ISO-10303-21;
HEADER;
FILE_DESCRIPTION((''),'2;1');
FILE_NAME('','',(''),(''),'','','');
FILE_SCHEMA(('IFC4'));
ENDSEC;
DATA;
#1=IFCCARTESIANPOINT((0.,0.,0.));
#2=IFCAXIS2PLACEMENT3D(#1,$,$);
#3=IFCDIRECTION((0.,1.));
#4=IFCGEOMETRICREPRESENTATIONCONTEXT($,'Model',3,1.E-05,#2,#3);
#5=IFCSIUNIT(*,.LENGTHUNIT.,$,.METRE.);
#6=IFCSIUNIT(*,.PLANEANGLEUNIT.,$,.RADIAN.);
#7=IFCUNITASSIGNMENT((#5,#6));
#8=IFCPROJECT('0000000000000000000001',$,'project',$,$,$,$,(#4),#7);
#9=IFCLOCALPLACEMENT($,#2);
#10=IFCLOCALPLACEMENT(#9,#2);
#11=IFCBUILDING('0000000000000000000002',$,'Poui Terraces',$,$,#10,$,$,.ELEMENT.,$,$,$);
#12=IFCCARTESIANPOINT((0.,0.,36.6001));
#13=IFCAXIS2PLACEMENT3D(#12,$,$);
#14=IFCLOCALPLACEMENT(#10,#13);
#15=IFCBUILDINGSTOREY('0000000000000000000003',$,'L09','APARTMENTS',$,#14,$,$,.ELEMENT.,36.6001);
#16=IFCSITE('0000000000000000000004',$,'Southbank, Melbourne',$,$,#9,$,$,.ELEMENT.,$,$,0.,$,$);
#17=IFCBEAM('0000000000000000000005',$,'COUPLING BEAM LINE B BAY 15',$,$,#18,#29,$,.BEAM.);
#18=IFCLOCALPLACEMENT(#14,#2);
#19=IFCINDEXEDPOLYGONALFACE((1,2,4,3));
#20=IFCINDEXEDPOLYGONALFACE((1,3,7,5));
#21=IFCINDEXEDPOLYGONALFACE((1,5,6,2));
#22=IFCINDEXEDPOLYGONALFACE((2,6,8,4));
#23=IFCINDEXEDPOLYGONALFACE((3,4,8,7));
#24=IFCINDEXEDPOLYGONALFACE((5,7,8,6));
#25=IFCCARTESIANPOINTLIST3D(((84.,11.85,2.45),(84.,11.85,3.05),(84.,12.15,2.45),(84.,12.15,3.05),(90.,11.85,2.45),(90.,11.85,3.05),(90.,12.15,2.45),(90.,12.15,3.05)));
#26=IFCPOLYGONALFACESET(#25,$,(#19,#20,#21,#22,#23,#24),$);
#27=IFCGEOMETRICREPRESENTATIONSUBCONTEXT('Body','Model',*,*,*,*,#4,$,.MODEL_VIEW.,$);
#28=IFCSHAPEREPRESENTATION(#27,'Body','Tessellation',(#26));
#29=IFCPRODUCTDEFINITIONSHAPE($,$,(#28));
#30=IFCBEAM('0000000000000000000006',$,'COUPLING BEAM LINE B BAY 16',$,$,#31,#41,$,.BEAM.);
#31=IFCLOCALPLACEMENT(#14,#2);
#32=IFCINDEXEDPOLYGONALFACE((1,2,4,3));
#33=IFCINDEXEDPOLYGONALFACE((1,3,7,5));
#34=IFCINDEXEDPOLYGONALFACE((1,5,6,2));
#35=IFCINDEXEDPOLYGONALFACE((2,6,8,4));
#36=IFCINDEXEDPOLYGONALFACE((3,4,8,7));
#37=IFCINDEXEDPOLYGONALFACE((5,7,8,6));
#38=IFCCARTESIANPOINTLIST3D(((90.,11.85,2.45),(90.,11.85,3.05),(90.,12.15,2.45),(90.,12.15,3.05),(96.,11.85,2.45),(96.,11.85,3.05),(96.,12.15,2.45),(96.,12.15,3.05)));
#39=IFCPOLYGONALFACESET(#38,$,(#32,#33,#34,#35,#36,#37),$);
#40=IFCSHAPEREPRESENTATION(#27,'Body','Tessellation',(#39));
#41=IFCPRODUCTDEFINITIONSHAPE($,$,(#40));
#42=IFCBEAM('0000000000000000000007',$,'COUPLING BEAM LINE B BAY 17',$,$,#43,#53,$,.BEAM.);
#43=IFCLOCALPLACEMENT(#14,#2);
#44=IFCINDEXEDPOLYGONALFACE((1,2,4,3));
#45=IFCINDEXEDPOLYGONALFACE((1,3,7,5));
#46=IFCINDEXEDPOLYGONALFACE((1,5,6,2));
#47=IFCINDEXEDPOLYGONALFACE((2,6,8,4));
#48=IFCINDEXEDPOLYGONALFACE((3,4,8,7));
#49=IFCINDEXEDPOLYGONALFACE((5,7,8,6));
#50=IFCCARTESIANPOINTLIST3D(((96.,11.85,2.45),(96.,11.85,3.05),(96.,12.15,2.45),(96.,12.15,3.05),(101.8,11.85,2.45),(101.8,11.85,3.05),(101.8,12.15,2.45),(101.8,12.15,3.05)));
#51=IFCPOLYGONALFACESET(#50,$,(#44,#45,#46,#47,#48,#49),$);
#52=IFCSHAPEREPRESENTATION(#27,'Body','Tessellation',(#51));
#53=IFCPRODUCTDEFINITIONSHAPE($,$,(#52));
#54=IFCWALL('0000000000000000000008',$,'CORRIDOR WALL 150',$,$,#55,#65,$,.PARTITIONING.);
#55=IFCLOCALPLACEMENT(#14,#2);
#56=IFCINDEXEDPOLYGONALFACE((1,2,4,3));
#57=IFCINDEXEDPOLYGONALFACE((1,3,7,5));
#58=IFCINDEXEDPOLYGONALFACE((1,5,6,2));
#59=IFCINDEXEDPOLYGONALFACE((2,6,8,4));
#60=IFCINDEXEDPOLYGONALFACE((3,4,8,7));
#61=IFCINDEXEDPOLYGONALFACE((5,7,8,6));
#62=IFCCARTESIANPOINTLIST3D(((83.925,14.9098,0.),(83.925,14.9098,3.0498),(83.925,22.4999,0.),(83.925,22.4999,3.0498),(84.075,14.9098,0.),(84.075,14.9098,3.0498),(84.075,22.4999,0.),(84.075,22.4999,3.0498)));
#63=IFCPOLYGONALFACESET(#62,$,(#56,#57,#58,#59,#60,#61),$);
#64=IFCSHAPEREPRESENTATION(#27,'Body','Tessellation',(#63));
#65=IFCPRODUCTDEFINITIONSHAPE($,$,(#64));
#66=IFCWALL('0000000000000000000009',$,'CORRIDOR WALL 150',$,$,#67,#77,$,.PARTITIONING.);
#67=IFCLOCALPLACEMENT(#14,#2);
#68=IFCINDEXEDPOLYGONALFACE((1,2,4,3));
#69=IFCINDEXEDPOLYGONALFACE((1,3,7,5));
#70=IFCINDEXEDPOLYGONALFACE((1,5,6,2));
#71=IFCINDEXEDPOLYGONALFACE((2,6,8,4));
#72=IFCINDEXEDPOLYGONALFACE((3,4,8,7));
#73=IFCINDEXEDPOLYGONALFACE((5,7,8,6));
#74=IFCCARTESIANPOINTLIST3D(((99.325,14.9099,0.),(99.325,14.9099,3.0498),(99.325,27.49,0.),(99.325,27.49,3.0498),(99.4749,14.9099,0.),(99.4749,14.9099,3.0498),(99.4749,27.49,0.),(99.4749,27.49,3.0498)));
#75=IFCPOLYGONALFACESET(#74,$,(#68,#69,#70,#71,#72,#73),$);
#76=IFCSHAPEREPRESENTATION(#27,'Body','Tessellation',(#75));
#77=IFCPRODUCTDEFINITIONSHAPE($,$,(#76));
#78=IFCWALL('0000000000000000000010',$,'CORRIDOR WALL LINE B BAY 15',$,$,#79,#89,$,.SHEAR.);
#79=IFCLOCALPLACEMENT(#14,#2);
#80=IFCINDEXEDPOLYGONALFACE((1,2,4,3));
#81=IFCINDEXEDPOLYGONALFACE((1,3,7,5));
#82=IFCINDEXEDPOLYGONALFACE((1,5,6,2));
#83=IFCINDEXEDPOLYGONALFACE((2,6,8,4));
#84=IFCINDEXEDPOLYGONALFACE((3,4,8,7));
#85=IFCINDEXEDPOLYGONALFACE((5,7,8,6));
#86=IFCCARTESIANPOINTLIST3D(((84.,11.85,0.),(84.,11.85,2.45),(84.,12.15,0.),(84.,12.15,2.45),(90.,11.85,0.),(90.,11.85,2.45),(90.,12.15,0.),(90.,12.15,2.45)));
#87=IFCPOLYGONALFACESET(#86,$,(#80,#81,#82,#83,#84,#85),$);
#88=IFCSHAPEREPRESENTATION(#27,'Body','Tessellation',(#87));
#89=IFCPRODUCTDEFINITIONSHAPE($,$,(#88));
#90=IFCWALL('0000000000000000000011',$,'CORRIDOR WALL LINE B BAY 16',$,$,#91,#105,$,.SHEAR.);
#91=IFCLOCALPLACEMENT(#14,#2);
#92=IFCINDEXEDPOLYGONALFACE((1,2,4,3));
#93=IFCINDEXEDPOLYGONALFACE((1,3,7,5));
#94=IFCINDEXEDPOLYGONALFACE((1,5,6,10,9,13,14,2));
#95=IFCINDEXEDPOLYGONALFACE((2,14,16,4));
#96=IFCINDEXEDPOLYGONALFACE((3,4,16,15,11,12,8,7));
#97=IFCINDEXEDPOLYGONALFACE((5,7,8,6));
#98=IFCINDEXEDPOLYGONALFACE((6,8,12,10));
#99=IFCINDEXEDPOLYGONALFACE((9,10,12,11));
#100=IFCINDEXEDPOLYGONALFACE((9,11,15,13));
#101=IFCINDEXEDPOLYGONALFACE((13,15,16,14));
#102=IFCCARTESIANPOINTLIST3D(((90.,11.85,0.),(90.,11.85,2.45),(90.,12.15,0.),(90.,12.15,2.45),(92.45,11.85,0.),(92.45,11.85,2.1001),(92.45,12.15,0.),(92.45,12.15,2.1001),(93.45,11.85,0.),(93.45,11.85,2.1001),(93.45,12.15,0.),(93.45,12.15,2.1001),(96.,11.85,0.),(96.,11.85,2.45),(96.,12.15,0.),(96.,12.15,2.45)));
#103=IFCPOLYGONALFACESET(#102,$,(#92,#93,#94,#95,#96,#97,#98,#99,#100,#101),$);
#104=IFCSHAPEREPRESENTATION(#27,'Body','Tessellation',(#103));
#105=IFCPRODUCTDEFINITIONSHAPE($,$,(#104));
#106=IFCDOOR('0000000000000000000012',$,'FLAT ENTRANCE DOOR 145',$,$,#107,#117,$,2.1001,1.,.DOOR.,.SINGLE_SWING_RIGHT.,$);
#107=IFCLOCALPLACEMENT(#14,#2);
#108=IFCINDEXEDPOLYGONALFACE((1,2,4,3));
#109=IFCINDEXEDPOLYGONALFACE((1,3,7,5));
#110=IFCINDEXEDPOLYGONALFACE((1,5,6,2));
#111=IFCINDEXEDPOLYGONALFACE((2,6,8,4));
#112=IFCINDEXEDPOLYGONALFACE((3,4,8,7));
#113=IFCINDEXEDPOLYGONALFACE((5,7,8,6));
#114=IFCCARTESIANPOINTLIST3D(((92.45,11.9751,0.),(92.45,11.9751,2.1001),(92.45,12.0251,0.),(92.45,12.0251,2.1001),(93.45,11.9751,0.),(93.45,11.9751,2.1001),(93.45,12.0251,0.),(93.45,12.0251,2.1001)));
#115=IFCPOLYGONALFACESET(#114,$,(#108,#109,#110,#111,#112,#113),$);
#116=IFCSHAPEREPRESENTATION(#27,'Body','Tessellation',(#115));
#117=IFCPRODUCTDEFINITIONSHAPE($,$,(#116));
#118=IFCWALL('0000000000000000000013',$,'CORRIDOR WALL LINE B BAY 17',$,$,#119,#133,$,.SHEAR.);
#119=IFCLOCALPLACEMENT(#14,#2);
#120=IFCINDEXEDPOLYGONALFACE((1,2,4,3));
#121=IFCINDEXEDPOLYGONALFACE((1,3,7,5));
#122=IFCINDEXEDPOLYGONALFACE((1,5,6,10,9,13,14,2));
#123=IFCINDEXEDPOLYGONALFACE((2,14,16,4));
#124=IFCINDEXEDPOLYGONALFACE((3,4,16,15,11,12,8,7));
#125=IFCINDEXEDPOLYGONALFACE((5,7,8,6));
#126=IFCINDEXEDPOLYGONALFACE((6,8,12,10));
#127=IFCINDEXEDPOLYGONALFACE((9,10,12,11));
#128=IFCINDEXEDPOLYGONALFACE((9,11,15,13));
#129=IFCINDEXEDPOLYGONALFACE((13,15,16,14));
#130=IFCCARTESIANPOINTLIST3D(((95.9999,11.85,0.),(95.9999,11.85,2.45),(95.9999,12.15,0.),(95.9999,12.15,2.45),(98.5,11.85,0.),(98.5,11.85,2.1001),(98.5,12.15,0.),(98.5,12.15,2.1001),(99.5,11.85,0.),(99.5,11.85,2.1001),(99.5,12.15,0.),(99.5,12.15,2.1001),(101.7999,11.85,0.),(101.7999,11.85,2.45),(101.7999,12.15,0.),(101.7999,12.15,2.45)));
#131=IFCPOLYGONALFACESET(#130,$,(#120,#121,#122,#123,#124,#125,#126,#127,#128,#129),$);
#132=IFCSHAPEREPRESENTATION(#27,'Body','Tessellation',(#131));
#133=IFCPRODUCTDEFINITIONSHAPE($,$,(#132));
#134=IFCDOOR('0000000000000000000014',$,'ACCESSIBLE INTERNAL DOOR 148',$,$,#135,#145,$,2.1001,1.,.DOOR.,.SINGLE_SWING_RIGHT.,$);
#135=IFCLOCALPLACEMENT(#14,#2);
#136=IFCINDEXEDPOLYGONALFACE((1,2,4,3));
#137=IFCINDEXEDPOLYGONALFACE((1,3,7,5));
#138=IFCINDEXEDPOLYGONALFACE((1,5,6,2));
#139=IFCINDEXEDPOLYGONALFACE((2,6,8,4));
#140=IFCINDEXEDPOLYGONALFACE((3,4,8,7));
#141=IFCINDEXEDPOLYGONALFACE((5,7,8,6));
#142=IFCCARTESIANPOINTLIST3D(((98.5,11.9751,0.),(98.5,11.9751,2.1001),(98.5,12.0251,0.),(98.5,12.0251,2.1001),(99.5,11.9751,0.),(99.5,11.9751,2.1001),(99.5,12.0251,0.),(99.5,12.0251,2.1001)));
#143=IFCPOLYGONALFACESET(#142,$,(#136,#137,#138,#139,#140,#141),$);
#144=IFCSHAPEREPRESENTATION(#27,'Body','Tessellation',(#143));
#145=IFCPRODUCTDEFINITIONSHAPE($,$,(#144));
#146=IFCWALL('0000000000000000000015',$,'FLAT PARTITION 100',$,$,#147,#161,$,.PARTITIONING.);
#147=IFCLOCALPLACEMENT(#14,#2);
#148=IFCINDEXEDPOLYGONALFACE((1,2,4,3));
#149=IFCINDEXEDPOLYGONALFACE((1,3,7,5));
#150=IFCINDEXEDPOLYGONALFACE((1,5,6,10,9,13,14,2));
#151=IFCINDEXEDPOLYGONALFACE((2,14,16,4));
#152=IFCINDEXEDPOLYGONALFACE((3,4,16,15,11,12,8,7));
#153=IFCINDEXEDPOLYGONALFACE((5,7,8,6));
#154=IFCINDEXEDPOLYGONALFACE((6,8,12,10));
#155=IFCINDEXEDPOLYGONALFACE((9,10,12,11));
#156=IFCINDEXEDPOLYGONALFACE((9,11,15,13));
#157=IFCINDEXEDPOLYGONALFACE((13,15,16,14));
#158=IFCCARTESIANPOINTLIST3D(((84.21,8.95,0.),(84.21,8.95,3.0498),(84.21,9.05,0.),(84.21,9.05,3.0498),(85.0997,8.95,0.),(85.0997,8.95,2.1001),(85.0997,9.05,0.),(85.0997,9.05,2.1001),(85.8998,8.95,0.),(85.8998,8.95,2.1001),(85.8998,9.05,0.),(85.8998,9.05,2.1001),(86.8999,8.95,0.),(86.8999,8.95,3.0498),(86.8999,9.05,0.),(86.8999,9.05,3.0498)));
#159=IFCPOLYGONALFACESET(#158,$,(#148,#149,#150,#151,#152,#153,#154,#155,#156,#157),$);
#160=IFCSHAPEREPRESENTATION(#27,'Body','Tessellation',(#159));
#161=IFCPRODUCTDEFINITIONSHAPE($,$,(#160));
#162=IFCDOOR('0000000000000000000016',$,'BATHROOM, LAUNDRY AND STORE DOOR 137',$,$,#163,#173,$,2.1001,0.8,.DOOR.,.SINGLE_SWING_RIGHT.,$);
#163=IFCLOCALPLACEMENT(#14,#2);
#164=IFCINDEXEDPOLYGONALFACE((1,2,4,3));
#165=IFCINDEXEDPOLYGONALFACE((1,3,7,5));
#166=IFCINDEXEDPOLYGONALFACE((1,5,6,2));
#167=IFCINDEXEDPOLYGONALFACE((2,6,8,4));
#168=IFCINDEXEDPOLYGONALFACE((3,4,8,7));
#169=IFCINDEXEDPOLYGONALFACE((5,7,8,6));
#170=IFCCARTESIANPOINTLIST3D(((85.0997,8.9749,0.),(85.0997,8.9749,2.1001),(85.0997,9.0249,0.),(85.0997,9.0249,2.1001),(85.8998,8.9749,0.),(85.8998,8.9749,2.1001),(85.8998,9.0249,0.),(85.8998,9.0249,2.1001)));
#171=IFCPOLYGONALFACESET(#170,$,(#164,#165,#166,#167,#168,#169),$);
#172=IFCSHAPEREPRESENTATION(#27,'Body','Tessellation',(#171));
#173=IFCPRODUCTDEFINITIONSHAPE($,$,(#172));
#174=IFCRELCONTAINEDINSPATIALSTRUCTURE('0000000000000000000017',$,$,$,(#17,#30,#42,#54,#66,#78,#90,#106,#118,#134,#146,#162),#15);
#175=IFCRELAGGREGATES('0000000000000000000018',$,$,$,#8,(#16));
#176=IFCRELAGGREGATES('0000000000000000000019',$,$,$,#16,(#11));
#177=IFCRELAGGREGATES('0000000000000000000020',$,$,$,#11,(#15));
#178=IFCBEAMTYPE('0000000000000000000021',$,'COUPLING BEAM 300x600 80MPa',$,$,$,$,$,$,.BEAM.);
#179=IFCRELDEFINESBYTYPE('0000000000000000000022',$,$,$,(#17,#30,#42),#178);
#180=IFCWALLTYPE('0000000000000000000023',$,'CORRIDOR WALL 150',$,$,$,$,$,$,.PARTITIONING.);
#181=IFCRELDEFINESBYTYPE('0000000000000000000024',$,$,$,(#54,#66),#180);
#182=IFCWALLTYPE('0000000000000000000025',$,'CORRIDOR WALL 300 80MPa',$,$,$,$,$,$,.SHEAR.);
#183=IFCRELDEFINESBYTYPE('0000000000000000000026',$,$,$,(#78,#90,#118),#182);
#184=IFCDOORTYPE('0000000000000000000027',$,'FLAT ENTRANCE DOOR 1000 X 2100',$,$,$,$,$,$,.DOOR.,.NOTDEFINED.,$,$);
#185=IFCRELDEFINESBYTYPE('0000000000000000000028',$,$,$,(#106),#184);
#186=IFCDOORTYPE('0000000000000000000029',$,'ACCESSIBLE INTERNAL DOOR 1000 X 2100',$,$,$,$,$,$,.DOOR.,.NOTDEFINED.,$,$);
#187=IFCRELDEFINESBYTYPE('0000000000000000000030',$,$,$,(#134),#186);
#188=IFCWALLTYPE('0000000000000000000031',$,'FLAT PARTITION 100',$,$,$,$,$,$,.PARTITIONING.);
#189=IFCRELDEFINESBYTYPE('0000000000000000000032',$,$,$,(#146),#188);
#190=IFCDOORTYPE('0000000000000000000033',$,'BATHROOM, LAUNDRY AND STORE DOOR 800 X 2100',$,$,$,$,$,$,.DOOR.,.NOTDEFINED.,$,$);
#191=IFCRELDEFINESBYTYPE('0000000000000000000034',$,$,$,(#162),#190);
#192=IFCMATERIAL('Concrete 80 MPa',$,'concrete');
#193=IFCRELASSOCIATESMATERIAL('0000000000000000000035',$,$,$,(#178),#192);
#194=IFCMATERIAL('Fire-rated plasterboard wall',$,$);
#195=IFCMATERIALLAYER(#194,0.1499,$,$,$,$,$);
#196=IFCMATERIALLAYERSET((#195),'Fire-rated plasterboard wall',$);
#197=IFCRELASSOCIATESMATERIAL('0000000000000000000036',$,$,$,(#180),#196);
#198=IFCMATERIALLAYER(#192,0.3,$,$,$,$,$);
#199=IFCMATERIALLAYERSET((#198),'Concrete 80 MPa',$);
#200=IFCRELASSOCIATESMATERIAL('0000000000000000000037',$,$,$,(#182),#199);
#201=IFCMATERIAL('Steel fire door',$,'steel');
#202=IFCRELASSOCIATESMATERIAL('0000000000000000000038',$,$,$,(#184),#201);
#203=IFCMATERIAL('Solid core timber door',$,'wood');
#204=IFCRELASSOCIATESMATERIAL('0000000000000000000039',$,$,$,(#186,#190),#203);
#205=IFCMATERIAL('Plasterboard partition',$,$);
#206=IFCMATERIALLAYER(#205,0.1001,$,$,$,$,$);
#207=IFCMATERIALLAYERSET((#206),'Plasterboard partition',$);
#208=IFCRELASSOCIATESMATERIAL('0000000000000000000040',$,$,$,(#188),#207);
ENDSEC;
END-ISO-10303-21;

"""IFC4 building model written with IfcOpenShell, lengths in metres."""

from ifc_helpers import new_model, si_unit, direction, frame, frame_2d, origin, origin_2d, place, context, subcontext, project, spatial, rectangle, extrude, source, transform, mapped, material, layer, layer_set, material_profile, profile_set, type_object, element, fill, save


model = new_model("IFC4")

# Units and contexts
model_context = context("Model", 3, precision=1e-05, world=origin(), true_north=direction((0.0, 1.0)))
body_context = subcontext(model_context, "Body", "Model", "MODEL_VIEW")
ifc_project = project(units=[si_unit("LENGTHUNIT", "METRE"), si_unit("PLANEANGLEUNIT", "RADIAN")], contexts=[model_context])

# Site, building, storey
site_placement = place(None, origin())
site = spatial("IfcSite", under=ifc_project, at=site_placement, Name="Southbank, Melbourne", CompositionType="ELEMENT", RefElevation=0.0)
building_placement = place(site_placement, origin())
building = spatial("IfcBuilding", under=site, at=building_placement, Name="Poui Terraces", CompositionType="ELEMENT")
storey_placement = place(building_placement, frame((0.0, 0.0, 36.6001)))
storey = spatial("IfcBuildingStorey", under=building, at=storey_placement, Name="L09", Description="APARTMENTS", CompositionType="ELEMENT", Elevation=36.6001)

# Beams
ifc_material_1 = material(Name="Concrete 80 MPa", Category="concrete")
ifc_material_profile = material_profile(ifc_material_1, rectangle(XDim=0.3, YDim=0.6001, at=origin_2d()), Name="RC 300x600")
ifc_profile_set = profile_set([ifc_material_profile], Name="Concrete 80 MPa")
beam_type = type_object("IfcBeamType", Name="COUPLING BEAM 300x600 80MPa", PredefinedType="BEAM", material=ifc_profile_set)
shared_shape_1 = source(origin(), body_context, "Body", "SweptSolid", [
    extrude(rectangle(XDim=0.3, YDim=0.6001, at=origin_2d()), origin(), (0.0, 0.0, 1.0), 6.0),
])
for number, where, z_axis, x_axis, name in (
    (1, (84.0, 12.0, 2.75), (1.0, 0.0, 0.0), (0.0, 1.0, 0.0), "COUPLING BEAM LINE B BAY 15"),
    (2, (90.0, 12.0, 2.75), (1.0, 0.0, 0.0), (0.0, 1.0, 0.0), "COUPLING BEAM LINE B BAY 16"),
):
    element("IfcBeam", number, at=place(storey_placement, frame(where, z_axis=z_axis, x_axis=x_axis)), inside=storey, type_object=beam_type, Name=name, PredefinedType="BEAM", context=body_context, shape_type="MappedRepresentation", body=[
        mapped(shared_shape_1, transform((0.0, 0.0, 0.0))),
    ])
shared_shape_2 = source(origin(), body_context, "Body", "SweptSolid", [
    extrude(rectangle(XDim=0.3, YDim=0.6001, at=origin_2d()), origin(), (0.0, 0.0, 1.0), 5.8),
])
beam_placement = place(storey_placement, frame((96.0, 12.0, 2.75), z_axis=(1.0, 0.0, 0.0), x_axis=(0.0, 1.0, 0.0)))
element("IfcBeam", 3, at=beam_placement, inside=storey, type_object=beam_type, Name="COUPLING BEAM LINE B BAY 17", PredefinedType="BEAM", context=body_context, shape_type="MappedRepresentation", body=[
    mapped(shared_shape_2, transform((0.0, 0.0, 0.0))),
])

# Walls
ifc_material_2 = material(Name="Fire-rated plasterboard wall")
ifc_layer_1 = layer(ifc_material_2, 0.1499)
ifc_layer_set_1 = layer_set([ifc_layer_1], Name="Fire-rated plasterboard wall")
wall_type_1 = type_object("IfcWallType", Name="CORRIDOR WALL 150", PredefinedType="PARTITIONING", material=ifc_layer_set_1)
wall_1_placement = place(storey_placement, frame((84.0, 14.9099, 0.0), z_axis=(0.0, 0.0, 1.0), x_axis=(0.0, 1.0, 0.0)))
element("IfcWall", 4, at=wall_1_placement, inside=storey, type_object=wall_type_1, Name="CORRIDOR WALL 150", PredefinedType="PARTITIONING", context=body_context, shape_type="SweptSolid", body=[
    extrude(rectangle(XDim=7.5901, YDim=0.1499, at=frame_2d((3.7949, 0.0))), origin(), (0.0, 0.0, 1.0), 3.0498),
])
wall_2_placement = place(storey_placement, frame((99.3999, 14.9099, 0.0), z_axis=(0.0, 0.0, 1.0), x_axis=(0.0, 1.0, 0.0)))
element("IfcWall", 5, at=wall_2_placement, inside=storey, type_object=wall_type_1, Name="CORRIDOR WALL 150", PredefinedType="PARTITIONING", context=body_context, shape_type="SweptSolid", body=[
    extrude(rectangle(XDim=12.5801, YDim=0.1499, at=frame_2d((6.29, 0.0))), origin(), (0.0, 0.0, 1.0), 3.0498),
])
ifc_layer_2 = layer(ifc_material_1, 0.3)
ifc_layer_set_2 = layer_set([ifc_layer_2], Name="Concrete 80 MPa")
wall_type_2 = type_object("IfcWallType", Name="CORRIDOR WALL 300 80MPa", PredefinedType="SHEAR", material=ifc_layer_set_2)
wall_3_placement = place(storey_placement, frame((84.0, 12.0, 0.0), z_axis=(0.0, 0.0, 1.0), x_axis=(1.0, 0.0, 0.0)))
element("IfcWall", 6, at=wall_3_placement, inside=storey, type_object=wall_type_2, Name="CORRIDOR WALL LINE B BAY 15", PredefinedType="SHEAR", context=body_context, shape_type="SweptSolid", body=[
    extrude(rectangle(XDim=6.0, YDim=0.3, at=frame_2d((3.0, 0.0))), origin(), (0.0, 0.0, 1.0), 2.45),
])

# Walls, openings, doors
wall_4_placement = place(storey_placement, frame((90.0, 12.0, 0.0), z_axis=(0.0, 0.0, 1.0), x_axis=(1.0, 0.0, 0.0)))
wall_4 = element("IfcWall", 7, at=wall_4_placement, inside=storey, type_object=wall_type_2, Name="CORRIDOR WALL LINE B BAY 16", PredefinedType="SHEAR", context=body_context, shape_type="SweptSolid", body=[
    extrude(rectangle(XDim=6.0, YDim=0.3, at=frame_2d((3.0, 0.0))), origin(), (0.0, 0.0, 1.0), 2.45),
])
opening_1_placement = place(wall_4_placement, frame((2.45, 0.0, 0.0)))
opening_1 = element("IfcOpeningElement", 8, at=opening_1_placement, cuts=wall_4, PredefinedType="OPENING", context=body_context, shape_type="SweptSolid", body=[
    extrude(rectangle(XDim=1.0, YDim=2.1001, at=frame_2d((0.5, 1.05))), frame((0.0, 0.1602, 0.0), z_axis=(0.0, -1.0, 0.0), x_axis=(1.0, 0.0, 0.0)), (0.0, 0.0, 1.0), 0.3201),
])
ifc_material_3 = material(Name="Steel fire door", Category="steel")
door_type_1 = type_object("IfcDoorType", Name="FLAT ENTRANCE DOOR 1000 X 2100", OperationType="NOTDEFINED", PredefinedType="DOOR", material=ifc_material_3)
door_1_placement = place(opening_1_placement, frame((1.0, 0.0, 0.0), z_axis=(0.0, 0.0, 1.0), x_axis=(-1.0, 0.0, 0.0)))
door_1 = element("IfcDoor", 9, at=door_1_placement, inside=storey, type_object=door_type_1, Name="FLAT ENTRANCE DOOR 145", OperationType="SINGLE_SWING_RIGHT", OverallHeight=2.1001, OverallWidth=1.0, PredefinedType="DOOR", context=body_context, shape_type="SweptSolid", body=[
    extrude(rectangle(XDim=1.0, YDim=2.1001, at=frame_2d((0.5, 1.05))), frame((0.0, 0.0249, 0.0), z_axis=(0.0, -1.0, 0.0), x_axis=(1.0, 0.0, 0.0)), (0.0, 0.0, 1.0), 0.05),
])
fill(opening_1, door_1)
wall_5_placement = place(storey_placement, frame((96.0, 12.0, 0.0), z_axis=(0.0, 0.0, 1.0), x_axis=(1.0, 0.0, 0.0)))
wall_5 = element("IfcWall", 10, at=wall_5_placement, inside=storey, type_object=wall_type_2, Name="CORRIDOR WALL LINE B BAY 17", PredefinedType="SHEAR", context=body_context, shape_type="SweptSolid", body=[
    extrude(rectangle(XDim=5.8, YDim=0.3, at=frame_2d((2.8999, 0.0))), origin(), (0.0, 0.0, 1.0), 2.45),
])
opening_2_placement = place(wall_5_placement, frame((2.5, 0.0, 0.0)))
opening_2 = element("IfcOpeningElement", 11, at=opening_2_placement, cuts=wall_5, PredefinedType="OPENING", context=body_context, shape_type="SweptSolid", body=[
    extrude(rectangle(XDim=1.0, YDim=2.1001, at=frame_2d((0.5, 1.05))), frame((0.0, 0.1602, 0.0), z_axis=(0.0, -1.0, 0.0), x_axis=(1.0, 0.0, 0.0)), (0.0, 0.0, 1.0), 0.3201),
])
ifc_material_4 = material(Name="Solid core timber door", Category="wood")
door_type_2 = type_object("IfcDoorType", Name="ACCESSIBLE INTERNAL DOOR 1000 X 2100", OperationType="NOTDEFINED", PredefinedType="DOOR", material=ifc_material_4)
door_2_placement = place(opening_2_placement, frame((1.0, 0.0, 0.0), z_axis=(0.0, 0.0, 1.0), x_axis=(-1.0, 0.0, 0.0)))
door_2 = element("IfcDoor", 12, at=door_2_placement, inside=storey, type_object=door_type_2, Name="ACCESSIBLE INTERNAL DOOR 148", OperationType="SINGLE_SWING_RIGHT", OverallHeight=2.1001, OverallWidth=1.0, PredefinedType="DOOR", context=body_context, shape_type="SweptSolid", body=[
    extrude(rectangle(XDim=1.0, YDim=2.1001, at=frame_2d((0.5, 1.05))), frame((0.0, 0.0249, 0.0), z_axis=(0.0, -1.0, 0.0), x_axis=(1.0, 0.0, 0.0)), (0.0, 0.0, 1.0), 0.05),
])
fill(opening_2, door_2)
ifc_material_5 = material(Name="Plasterboard partition")
ifc_layer_3 = layer(ifc_material_5, 0.1001)
ifc_layer_set_3 = layer_set([ifc_layer_3], Name="Plasterboard partition")
wall_type_3 = type_object("IfcWallType", Name="FLAT PARTITION 100", PredefinedType="PARTITIONING", material=ifc_layer_set_3)
wall_6_placement = place(storey_placement, frame((84.21, 9.0, 0.0), z_axis=(0.0, 0.0, 1.0), x_axis=(1.0, 0.0, 0.0)))
wall_6 = element("IfcWall", 13, at=wall_6_placement, inside=storey, type_object=wall_type_3, Name="FLAT PARTITION 100", PredefinedType="PARTITIONING", context=body_context, shape_type="SweptSolid", body=[
    extrude(rectangle(XDim=2.6899, YDim=0.1001, at=frame_2d((1.345, 0.0))), origin(), (0.0, 0.0, 1.0), 3.0498),
])
opening_3_placement = place(wall_6_placement, frame((0.8899, 0.0, 0.0)))
opening_3 = element("IfcOpeningElement", 14, at=opening_3_placement, cuts=wall_6, PredefinedType="OPENING", context=body_context, shape_type="SweptSolid", body=[
    extrude(rectangle(XDim=0.8, YDim=2.1001, at=frame_2d((0.3999, 1.05))), frame((0.0, 0.0601, 0.0), z_axis=(0.0, -1.0, 0.0), x_axis=(1.0, 0.0, 0.0)), (0.0, 0.0, 1.0), 0.1201),
])
door_type_3 = type_object("IfcDoorType", Name="BATHROOM, LAUNDRY AND STORE DOOR 800 X 2100", OperationType="NOTDEFINED", PredefinedType="DOOR", material=ifc_material_4)
door_3_placement = place(opening_3_placement, origin())
door_3 = element("IfcDoor", 15, at=door_3_placement, inside=storey, type_object=door_type_3, Name="BATHROOM, LAUNDRY AND STORE DOOR 137", OperationType="SINGLE_SWING_RIGHT", OverallHeight=2.1001, OverallWidth=0.8, PredefinedType="DOOR", context=body_context, shape_type="SweptSolid", body=[
    extrude(rectangle(XDim=0.8, YDim=2.1001, at=frame_2d((0.3999, 1.05))), frame((0.0, 0.0249, 0.0), z_axis=(0.0, -1.0, 0.0), x_axis=(1.0, 0.0, 0.0)), (0.0, 0.0, 1.0), 0.05),
])
fill(opening_3, door_3)

save(model, "model.ifc")
